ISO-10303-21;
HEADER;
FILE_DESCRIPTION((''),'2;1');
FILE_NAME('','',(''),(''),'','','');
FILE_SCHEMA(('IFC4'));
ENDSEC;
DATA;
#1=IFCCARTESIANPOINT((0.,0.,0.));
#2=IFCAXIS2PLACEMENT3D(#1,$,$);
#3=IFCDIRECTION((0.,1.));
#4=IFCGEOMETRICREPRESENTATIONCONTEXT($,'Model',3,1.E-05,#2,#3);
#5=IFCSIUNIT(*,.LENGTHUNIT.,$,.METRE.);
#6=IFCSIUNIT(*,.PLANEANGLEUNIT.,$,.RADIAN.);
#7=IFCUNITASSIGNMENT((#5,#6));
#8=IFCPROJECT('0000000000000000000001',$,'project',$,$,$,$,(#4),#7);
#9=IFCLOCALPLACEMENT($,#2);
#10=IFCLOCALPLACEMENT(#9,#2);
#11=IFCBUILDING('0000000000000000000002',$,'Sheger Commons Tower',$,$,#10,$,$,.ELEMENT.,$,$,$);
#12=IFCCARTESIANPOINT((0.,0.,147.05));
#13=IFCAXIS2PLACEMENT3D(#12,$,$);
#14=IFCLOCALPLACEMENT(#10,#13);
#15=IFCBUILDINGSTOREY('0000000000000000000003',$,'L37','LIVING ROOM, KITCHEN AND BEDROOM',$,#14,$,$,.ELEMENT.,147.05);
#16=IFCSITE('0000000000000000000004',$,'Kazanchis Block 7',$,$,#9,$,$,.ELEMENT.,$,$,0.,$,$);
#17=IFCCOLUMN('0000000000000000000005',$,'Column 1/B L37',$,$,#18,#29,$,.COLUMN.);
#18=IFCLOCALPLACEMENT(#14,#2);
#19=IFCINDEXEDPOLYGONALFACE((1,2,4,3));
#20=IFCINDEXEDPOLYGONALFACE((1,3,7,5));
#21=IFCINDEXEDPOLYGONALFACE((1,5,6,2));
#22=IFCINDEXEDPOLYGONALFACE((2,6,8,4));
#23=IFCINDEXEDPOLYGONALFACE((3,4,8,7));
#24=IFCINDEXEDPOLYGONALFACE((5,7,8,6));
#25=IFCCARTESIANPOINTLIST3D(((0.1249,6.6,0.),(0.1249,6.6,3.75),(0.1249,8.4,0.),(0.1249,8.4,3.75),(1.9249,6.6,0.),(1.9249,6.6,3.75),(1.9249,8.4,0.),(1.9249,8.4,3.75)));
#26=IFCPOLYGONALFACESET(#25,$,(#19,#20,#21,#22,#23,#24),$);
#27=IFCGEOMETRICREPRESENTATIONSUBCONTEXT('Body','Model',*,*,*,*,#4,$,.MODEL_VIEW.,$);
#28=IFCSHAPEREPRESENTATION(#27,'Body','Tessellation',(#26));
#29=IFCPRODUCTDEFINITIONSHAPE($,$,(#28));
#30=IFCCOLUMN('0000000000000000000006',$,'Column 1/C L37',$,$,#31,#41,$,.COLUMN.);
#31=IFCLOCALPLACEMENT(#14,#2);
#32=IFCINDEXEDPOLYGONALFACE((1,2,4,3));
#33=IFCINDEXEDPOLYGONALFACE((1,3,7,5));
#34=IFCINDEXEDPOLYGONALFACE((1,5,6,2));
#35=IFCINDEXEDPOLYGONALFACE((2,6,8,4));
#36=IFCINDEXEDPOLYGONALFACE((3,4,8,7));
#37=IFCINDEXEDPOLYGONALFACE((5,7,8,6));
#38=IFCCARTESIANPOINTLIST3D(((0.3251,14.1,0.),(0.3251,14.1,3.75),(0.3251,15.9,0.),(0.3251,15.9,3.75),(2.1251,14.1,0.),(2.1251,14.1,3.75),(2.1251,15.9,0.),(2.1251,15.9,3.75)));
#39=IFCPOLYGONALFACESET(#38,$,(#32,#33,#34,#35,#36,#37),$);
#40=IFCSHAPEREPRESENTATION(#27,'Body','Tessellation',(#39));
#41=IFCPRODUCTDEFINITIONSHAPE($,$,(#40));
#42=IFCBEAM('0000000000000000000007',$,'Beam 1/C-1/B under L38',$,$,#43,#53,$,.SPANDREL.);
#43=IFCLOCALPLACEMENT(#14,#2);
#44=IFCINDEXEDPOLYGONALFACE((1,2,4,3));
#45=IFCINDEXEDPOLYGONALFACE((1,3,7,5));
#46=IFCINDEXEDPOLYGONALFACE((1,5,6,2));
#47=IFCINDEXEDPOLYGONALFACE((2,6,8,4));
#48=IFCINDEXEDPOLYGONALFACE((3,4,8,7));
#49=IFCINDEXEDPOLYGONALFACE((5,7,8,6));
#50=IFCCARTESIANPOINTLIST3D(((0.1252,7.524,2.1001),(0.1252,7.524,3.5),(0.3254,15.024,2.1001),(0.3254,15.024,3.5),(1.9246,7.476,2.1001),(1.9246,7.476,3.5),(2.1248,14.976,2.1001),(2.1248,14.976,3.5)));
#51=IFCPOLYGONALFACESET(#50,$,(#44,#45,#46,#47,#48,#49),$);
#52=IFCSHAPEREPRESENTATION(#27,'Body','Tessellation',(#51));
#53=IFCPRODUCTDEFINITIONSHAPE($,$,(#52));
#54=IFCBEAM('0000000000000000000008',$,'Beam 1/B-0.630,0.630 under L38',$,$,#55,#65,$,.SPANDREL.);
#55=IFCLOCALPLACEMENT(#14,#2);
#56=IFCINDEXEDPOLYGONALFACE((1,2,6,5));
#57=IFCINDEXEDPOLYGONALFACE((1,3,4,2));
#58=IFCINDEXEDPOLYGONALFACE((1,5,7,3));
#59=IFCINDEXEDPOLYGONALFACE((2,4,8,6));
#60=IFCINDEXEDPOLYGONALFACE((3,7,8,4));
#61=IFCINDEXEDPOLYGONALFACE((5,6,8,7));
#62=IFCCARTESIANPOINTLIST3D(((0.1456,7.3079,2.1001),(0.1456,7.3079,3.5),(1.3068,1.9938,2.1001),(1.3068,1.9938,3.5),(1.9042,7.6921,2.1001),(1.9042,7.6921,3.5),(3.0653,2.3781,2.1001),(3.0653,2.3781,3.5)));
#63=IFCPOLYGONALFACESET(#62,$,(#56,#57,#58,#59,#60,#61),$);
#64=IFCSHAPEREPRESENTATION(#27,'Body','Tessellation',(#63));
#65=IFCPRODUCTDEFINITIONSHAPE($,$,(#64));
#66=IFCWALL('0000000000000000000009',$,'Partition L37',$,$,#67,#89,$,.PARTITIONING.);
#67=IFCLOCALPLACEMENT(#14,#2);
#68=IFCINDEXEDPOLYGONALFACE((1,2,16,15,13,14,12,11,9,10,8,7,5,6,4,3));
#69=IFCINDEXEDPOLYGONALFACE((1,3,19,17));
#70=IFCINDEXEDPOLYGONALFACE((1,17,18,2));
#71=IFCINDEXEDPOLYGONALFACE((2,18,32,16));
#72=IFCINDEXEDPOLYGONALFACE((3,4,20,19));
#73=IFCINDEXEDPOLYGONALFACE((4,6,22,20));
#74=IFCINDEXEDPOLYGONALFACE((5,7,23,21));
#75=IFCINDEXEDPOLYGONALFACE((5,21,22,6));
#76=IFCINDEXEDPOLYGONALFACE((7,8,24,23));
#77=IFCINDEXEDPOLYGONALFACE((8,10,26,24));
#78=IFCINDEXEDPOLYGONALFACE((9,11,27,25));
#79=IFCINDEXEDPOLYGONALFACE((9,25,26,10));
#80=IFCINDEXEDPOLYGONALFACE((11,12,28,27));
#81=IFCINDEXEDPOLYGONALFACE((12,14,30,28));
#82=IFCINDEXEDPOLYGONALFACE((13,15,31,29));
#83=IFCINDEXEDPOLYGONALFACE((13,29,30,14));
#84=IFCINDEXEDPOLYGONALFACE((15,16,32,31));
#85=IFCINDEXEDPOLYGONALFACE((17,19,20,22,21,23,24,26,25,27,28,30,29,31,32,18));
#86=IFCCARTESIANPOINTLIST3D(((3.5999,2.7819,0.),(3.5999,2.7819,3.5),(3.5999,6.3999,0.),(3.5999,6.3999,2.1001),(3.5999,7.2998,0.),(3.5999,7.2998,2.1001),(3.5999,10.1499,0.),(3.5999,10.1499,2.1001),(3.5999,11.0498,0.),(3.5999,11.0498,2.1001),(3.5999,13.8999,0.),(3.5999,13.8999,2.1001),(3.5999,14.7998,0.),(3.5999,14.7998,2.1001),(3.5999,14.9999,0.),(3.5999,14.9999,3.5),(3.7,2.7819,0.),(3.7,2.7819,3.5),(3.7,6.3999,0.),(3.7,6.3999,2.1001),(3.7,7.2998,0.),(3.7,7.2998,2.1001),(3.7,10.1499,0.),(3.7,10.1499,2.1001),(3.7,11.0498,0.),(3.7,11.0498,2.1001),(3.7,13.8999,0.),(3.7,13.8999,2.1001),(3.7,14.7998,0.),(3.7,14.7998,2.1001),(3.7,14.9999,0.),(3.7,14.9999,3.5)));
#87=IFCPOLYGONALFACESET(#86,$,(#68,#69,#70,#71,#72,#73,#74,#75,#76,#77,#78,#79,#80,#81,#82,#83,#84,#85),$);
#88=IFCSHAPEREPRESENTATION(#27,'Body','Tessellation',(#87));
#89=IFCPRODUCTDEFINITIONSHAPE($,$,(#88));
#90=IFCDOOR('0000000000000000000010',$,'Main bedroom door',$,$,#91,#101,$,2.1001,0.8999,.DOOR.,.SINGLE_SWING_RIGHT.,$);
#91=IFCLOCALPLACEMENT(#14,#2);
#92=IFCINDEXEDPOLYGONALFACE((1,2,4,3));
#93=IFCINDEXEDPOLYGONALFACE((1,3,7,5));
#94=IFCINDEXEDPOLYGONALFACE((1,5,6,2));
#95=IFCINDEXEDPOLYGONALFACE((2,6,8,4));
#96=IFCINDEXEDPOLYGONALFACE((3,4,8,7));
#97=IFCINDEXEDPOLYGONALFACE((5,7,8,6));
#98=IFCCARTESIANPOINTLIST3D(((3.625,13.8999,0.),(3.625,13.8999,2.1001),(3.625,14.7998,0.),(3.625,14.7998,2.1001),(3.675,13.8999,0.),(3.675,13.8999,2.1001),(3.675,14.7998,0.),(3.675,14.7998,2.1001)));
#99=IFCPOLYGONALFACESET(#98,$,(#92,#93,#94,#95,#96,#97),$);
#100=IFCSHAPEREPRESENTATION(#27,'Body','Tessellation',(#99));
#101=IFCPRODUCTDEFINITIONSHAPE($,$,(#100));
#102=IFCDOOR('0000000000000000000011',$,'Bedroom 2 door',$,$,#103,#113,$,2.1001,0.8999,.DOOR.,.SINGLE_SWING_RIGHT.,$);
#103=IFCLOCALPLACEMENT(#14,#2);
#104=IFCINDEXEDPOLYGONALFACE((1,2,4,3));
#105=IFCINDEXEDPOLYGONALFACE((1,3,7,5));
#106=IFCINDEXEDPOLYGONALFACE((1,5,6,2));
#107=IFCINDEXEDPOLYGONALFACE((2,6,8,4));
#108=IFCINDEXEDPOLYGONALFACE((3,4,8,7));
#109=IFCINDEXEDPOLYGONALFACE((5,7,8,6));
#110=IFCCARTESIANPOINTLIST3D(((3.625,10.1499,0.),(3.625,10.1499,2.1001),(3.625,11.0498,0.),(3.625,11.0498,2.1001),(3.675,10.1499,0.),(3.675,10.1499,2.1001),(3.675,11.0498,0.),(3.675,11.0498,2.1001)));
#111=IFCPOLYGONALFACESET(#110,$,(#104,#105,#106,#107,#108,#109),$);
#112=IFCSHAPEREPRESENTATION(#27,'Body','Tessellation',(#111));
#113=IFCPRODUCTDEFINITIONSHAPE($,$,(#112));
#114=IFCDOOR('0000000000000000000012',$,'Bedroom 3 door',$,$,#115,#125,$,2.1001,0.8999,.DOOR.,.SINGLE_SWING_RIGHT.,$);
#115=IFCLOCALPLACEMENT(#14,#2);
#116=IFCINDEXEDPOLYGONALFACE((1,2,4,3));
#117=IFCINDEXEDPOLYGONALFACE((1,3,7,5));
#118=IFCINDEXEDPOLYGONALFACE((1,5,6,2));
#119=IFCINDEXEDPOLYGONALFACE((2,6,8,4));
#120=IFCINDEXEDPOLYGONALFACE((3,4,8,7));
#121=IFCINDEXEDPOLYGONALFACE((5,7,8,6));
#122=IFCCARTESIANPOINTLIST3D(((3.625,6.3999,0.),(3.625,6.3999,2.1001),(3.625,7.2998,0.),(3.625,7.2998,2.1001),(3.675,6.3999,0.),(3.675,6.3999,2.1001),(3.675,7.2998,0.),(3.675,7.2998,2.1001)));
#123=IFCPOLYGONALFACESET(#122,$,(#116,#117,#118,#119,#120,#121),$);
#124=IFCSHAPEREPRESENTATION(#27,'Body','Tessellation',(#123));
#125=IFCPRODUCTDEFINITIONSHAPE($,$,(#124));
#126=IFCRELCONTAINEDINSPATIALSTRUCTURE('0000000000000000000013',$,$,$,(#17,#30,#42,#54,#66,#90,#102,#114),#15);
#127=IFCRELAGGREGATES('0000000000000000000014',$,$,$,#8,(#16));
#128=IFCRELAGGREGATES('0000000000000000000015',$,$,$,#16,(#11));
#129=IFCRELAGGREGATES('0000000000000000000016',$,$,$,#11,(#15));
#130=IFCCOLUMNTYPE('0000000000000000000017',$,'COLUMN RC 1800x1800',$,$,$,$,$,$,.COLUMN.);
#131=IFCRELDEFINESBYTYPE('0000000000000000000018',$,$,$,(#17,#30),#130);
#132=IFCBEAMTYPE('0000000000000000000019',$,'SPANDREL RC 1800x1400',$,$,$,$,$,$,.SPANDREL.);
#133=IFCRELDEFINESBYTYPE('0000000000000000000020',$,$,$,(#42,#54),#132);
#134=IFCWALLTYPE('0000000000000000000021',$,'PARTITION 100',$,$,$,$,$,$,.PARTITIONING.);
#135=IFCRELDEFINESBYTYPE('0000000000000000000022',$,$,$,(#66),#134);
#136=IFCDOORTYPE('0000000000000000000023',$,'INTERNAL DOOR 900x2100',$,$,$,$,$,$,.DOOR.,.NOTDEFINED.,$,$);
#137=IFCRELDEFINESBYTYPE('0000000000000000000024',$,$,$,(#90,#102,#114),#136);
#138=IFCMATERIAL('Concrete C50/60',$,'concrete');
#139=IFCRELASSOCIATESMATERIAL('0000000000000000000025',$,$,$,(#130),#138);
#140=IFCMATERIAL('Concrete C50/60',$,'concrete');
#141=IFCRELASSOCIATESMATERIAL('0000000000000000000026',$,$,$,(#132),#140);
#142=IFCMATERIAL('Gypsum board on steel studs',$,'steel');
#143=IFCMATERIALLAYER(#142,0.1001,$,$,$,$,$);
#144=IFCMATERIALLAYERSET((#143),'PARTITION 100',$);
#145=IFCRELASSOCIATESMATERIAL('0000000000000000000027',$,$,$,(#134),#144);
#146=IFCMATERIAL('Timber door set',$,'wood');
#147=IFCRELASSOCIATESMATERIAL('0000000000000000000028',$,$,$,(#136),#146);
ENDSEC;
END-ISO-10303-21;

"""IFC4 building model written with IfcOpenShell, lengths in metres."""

from ifc_helpers import new_model, si_unit, direction, frame, frame_2d, origin, origin_2d, place, context, subcontext, project, spatial, rectangle, extrude, material, layer, layer_set, material_profile, profile_set, type_object, element, fill, save


model = new_model("IFC4")

# Units and contexts
model_context = context("Model", 3, precision=1e-05, world=origin(), true_north=direction((0.0, 1.0)))
body_context = subcontext(model_context, "Body", "Model", "MODEL_VIEW")
ifc_project = project(units=[si_unit("LENGTHUNIT", "METRE"), si_unit("PLANEANGLEUNIT", "RADIAN")], contexts=[model_context])

# Site, building, storey
site_placement = place(None, origin())
site = spatial("IfcSite", under=ifc_project, at=site_placement, Name="Kazanchis Block 7", CompositionType="ELEMENT", RefElevation=0.0)
building_placement = place(site_placement, origin())
building = spatial("IfcBuilding", under=site, at=building_placement, Name="Sheger Commons Tower", CompositionType="ELEMENT")
storey_placement = place(building_placement, frame((0.0, 0.0, 147.05)))
storey = spatial("IfcBuildingStorey", under=building, at=storey_placement, Name="L37", Description="LIVING ROOM, KITCHEN AND BEDROOM", CompositionType="ELEMENT", Elevation=147.05)

# Columns
ifc_material_1 = material(Name="Concrete C50/60", Category="concrete")
ifc_material_profile_1 = material_profile(ifc_material_1, rectangle(XDim=1.8, YDim=1.8, at=origin_2d()), Name="RC 1800x1800")
ifc_profile_set_1 = profile_set([ifc_material_profile_1], Name="Concrete C50/60")
column_type = type_object("IfcColumnType", Name="COLUMN RC 1800x1800", PredefinedType="COLUMN", material=ifc_profile_set_1)
for number, where, z_axis, x_axis, name in (
    (1, (1.0249, 7.5, 0.0), (0.0, 0.0, 1.0), (1.0, 0.0, 0.0), "Column 1/B L37"),
    (2, (1.2251, 15.0, 0.0), (0.0, 0.0, 1.0), (1.0, 0.0, 0.0), "Column 1/C L37"),
):
    element("IfcColumn", number, at=place(storey_placement, frame(where, z_axis=z_axis, x_axis=x_axis)), inside=storey, type_object=column_type, Name=name, PredefinedType="COLUMN", context=body_context, shape_type="SweptSolid", body=[
        extrude(rectangle(XDim=1.8, YDim=1.8, at=origin_2d()), origin(), (0.0, 0.0, 1.0), 3.75),
    ])

# Beams
ifc_material_2 = material(Name="Concrete C50/60", Category="concrete")
ifc_material_profile_2 = material_profile(ifc_material_2, rectangle(XDim=1.8, YDim=1.3999, at=origin_2d()), Name="RC 1800x1400")
ifc_profile_set_2 = profile_set([ifc_material_profile_2], Name="Concrete C50/60")
beam_type = type_object("IfcBeamType", Name="SPANDREL RC 1800x1400", PredefinedType="SPANDREL", material=ifc_profile_set_2)
beam_1_placement = place(storey_placement, frame((1.2251, 15.0, 2.8), z_axis=(-0.026683, -0.999644, 0.0), x_axis=(0.999644, -0.026683, 0.0)))
element("IfcBeam", 3, at=beam_1_placement, inside=storey, type_object=beam_type, Name="Beam 1/C-1/B under L38", PredefinedType="SPANDREL", context=body_context, shape_type="SweptSolid", body=[
    extrude(rectangle(XDim=1.8, YDim=1.3999, at=origin_2d()), origin(), (0.0, 0.0, 1.0), 7.5027),
])
beam_2_placement = place(storey_placement, frame((1.0249, 7.5, 2.8), z_axis=(0.213469, -0.97695, 0.0), x_axis=(0.97695, 0.213469, 0.0)))
element("IfcBeam", 4, at=beam_2_placement, inside=storey, type_object=beam_type, Name="Beam 1/B-0.630,0.630 under L38", PredefinedType="SPANDREL", context=body_context, shape_type="SweptSolid", body=[
    extrude(rectangle(XDim=1.8, YDim=1.3999, at=origin_2d()), origin(), (0.0, 0.0, 1.0), 5.4395),
])

# Wall, openings, doors
ifc_material_3 = material(Name="Gypsum board on steel studs", Category="steel")
ifc_layer = layer(ifc_material_3, 0.1001)
ifc_layer_set = layer_set([ifc_layer], Name="PARTITION 100")
wall_type = type_object("IfcWallType", Name="PARTITION 100", PredefinedType="PARTITIONING", material=ifc_layer_set)
wall_1_placement = place(storey_placement, frame((3.6499, 2.782, 0.0), z_axis=(0.0, 0.0, 1.0), x_axis=(0.0, 1.0, 0.0)))
wall_1 = element("IfcWall", 5, at=wall_1_placement, inside=storey, type_object=wall_type, Name="Partition L37", PredefinedType="PARTITIONING", context=body_context, shape_type="SweptSolid", body=[
    extrude(rectangle(XDim=12.218, YDim=0.1001, at=frame_2d((6.1089, 0.0))), origin(), (0.0, 0.0, 1.0), 3.5),
])
opening_1_placement = place(wall_1_placement, frame((11.1179, 0.0, 0.0)))
opening_1 = element("IfcOpeningElement", 6, at=opening_1_placement, cuts=wall_1, PredefinedType="OPENING", context=body_context, shape_type="SweptSolid", body=[
    extrude(rectangle(XDim=0.8999, YDim=2.1001, at=frame_2d((0.45, 1.05))), frame((0.0, 0.0601, 0.0), z_axis=(0.0, -1.0, 0.0), x_axis=(1.0, 0.0, 0.0)), (0.0, 0.0, 1.0), 0.1201),
])
opening_2_placement = place(wall_1_placement, frame((7.3679, 0.0, 0.0)))
opening_2 = element("IfcOpeningElement", 7, at=opening_2_placement, cuts=wall_1, PredefinedType="OPENING", context=body_context, shape_type="SweptSolid", body=[
    extrude(rectangle(XDim=0.8999, YDim=2.1001, at=frame_2d((0.45, 1.05))), frame((0.0, 0.0601, 0.0), z_axis=(0.0, -1.0, 0.0), x_axis=(1.0, 0.0, 0.0)), (0.0, 0.0, 1.0), 0.1201),
])
opening_3_placement = place(wall_1_placement, frame((3.6179, 0.0, 0.0)))
opening_3 = element("IfcOpeningElement", 8, at=opening_3_placement, cuts=wall_1, PredefinedType="OPENING", context=body_context, shape_type="SweptSolid", body=[
    extrude(rectangle(XDim=0.8999, YDim=2.1001, at=frame_2d((0.45, 1.05))), frame((0.0, 0.0601, 0.0), z_axis=(0.0, -1.0, 0.0), x_axis=(1.0, 0.0, 0.0)), (0.0, 0.0, 1.0), 0.1201),
])
ifc_material_4 = material(Name="Timber door set", Category="wood")
door_type = type_object("IfcDoorType", Name="INTERNAL DOOR 900x2100", OperationType="NOTDEFINED", PredefinedType="DOOR", material=ifc_material_4)
door_1_placement = place(opening_1_placement, origin())
door_1 = element("IfcDoor", 9, at=door_1_placement, inside=storey, type_object=door_type, Name="Main bedroom door", OperationType="SINGLE_SWING_RIGHT", OverallHeight=2.1001, OverallWidth=0.8999, PredefinedType="DOOR", context=body_context, shape_type="SweptSolid", body=[
    extrude(rectangle(XDim=0.8999, YDim=2.1001, at=frame_2d((0.45, 1.05))), frame((0.0, 0.0249, 0.0), z_axis=(0.0, -1.0, 0.0), x_axis=(1.0, 0.0, 0.0)), (0.0, 0.0, 1.0), 0.05),
])
fill(opening_1, door_1)
door_2_placement = place(opening_2_placement, origin())
door_2 = element("IfcDoor", 10, at=door_2_placement, inside=storey, type_object=door_type, Name="Bedroom 2 door", OperationType="SINGLE_SWING_RIGHT", OverallHeight=2.1001, OverallWidth=0.8999, PredefinedType="DOOR", context=body_context, shape_type="SweptSolid", body=[
    extrude(rectangle(XDim=0.8999, YDim=2.1001, at=frame_2d((0.45, 1.05))), frame((0.0, 0.0249, 0.0), z_axis=(0.0, -1.0, 0.0), x_axis=(1.0, 0.0, 0.0)), (0.0, 0.0, 1.0), 0.05),
])
fill(opening_2, door_2)
door_3_placement = place(opening_3_placement, origin())
door_3 = element("IfcDoor", 11, at=door_3_placement, inside=storey, type_object=door_type, Name="Bedroom 3 door", OperationType="SINGLE_SWING_RIGHT", OverallHeight=2.1001, OverallWidth=0.8999, PredefinedType="DOOR", context=body_context, shape_type="SweptSolid", body=[
    extrude(rectangle(XDim=0.8999, YDim=2.1001, at=frame_2d((0.45, 1.05))), frame((0.0, 0.0249, 0.0), z_axis=(0.0, -1.0, 0.0), x_axis=(1.0, 0.0, 0.0)), (0.0, 0.0, 1.0), 0.05),
])
fill(opening_3, door_3)

save(model, "model.ifc")
